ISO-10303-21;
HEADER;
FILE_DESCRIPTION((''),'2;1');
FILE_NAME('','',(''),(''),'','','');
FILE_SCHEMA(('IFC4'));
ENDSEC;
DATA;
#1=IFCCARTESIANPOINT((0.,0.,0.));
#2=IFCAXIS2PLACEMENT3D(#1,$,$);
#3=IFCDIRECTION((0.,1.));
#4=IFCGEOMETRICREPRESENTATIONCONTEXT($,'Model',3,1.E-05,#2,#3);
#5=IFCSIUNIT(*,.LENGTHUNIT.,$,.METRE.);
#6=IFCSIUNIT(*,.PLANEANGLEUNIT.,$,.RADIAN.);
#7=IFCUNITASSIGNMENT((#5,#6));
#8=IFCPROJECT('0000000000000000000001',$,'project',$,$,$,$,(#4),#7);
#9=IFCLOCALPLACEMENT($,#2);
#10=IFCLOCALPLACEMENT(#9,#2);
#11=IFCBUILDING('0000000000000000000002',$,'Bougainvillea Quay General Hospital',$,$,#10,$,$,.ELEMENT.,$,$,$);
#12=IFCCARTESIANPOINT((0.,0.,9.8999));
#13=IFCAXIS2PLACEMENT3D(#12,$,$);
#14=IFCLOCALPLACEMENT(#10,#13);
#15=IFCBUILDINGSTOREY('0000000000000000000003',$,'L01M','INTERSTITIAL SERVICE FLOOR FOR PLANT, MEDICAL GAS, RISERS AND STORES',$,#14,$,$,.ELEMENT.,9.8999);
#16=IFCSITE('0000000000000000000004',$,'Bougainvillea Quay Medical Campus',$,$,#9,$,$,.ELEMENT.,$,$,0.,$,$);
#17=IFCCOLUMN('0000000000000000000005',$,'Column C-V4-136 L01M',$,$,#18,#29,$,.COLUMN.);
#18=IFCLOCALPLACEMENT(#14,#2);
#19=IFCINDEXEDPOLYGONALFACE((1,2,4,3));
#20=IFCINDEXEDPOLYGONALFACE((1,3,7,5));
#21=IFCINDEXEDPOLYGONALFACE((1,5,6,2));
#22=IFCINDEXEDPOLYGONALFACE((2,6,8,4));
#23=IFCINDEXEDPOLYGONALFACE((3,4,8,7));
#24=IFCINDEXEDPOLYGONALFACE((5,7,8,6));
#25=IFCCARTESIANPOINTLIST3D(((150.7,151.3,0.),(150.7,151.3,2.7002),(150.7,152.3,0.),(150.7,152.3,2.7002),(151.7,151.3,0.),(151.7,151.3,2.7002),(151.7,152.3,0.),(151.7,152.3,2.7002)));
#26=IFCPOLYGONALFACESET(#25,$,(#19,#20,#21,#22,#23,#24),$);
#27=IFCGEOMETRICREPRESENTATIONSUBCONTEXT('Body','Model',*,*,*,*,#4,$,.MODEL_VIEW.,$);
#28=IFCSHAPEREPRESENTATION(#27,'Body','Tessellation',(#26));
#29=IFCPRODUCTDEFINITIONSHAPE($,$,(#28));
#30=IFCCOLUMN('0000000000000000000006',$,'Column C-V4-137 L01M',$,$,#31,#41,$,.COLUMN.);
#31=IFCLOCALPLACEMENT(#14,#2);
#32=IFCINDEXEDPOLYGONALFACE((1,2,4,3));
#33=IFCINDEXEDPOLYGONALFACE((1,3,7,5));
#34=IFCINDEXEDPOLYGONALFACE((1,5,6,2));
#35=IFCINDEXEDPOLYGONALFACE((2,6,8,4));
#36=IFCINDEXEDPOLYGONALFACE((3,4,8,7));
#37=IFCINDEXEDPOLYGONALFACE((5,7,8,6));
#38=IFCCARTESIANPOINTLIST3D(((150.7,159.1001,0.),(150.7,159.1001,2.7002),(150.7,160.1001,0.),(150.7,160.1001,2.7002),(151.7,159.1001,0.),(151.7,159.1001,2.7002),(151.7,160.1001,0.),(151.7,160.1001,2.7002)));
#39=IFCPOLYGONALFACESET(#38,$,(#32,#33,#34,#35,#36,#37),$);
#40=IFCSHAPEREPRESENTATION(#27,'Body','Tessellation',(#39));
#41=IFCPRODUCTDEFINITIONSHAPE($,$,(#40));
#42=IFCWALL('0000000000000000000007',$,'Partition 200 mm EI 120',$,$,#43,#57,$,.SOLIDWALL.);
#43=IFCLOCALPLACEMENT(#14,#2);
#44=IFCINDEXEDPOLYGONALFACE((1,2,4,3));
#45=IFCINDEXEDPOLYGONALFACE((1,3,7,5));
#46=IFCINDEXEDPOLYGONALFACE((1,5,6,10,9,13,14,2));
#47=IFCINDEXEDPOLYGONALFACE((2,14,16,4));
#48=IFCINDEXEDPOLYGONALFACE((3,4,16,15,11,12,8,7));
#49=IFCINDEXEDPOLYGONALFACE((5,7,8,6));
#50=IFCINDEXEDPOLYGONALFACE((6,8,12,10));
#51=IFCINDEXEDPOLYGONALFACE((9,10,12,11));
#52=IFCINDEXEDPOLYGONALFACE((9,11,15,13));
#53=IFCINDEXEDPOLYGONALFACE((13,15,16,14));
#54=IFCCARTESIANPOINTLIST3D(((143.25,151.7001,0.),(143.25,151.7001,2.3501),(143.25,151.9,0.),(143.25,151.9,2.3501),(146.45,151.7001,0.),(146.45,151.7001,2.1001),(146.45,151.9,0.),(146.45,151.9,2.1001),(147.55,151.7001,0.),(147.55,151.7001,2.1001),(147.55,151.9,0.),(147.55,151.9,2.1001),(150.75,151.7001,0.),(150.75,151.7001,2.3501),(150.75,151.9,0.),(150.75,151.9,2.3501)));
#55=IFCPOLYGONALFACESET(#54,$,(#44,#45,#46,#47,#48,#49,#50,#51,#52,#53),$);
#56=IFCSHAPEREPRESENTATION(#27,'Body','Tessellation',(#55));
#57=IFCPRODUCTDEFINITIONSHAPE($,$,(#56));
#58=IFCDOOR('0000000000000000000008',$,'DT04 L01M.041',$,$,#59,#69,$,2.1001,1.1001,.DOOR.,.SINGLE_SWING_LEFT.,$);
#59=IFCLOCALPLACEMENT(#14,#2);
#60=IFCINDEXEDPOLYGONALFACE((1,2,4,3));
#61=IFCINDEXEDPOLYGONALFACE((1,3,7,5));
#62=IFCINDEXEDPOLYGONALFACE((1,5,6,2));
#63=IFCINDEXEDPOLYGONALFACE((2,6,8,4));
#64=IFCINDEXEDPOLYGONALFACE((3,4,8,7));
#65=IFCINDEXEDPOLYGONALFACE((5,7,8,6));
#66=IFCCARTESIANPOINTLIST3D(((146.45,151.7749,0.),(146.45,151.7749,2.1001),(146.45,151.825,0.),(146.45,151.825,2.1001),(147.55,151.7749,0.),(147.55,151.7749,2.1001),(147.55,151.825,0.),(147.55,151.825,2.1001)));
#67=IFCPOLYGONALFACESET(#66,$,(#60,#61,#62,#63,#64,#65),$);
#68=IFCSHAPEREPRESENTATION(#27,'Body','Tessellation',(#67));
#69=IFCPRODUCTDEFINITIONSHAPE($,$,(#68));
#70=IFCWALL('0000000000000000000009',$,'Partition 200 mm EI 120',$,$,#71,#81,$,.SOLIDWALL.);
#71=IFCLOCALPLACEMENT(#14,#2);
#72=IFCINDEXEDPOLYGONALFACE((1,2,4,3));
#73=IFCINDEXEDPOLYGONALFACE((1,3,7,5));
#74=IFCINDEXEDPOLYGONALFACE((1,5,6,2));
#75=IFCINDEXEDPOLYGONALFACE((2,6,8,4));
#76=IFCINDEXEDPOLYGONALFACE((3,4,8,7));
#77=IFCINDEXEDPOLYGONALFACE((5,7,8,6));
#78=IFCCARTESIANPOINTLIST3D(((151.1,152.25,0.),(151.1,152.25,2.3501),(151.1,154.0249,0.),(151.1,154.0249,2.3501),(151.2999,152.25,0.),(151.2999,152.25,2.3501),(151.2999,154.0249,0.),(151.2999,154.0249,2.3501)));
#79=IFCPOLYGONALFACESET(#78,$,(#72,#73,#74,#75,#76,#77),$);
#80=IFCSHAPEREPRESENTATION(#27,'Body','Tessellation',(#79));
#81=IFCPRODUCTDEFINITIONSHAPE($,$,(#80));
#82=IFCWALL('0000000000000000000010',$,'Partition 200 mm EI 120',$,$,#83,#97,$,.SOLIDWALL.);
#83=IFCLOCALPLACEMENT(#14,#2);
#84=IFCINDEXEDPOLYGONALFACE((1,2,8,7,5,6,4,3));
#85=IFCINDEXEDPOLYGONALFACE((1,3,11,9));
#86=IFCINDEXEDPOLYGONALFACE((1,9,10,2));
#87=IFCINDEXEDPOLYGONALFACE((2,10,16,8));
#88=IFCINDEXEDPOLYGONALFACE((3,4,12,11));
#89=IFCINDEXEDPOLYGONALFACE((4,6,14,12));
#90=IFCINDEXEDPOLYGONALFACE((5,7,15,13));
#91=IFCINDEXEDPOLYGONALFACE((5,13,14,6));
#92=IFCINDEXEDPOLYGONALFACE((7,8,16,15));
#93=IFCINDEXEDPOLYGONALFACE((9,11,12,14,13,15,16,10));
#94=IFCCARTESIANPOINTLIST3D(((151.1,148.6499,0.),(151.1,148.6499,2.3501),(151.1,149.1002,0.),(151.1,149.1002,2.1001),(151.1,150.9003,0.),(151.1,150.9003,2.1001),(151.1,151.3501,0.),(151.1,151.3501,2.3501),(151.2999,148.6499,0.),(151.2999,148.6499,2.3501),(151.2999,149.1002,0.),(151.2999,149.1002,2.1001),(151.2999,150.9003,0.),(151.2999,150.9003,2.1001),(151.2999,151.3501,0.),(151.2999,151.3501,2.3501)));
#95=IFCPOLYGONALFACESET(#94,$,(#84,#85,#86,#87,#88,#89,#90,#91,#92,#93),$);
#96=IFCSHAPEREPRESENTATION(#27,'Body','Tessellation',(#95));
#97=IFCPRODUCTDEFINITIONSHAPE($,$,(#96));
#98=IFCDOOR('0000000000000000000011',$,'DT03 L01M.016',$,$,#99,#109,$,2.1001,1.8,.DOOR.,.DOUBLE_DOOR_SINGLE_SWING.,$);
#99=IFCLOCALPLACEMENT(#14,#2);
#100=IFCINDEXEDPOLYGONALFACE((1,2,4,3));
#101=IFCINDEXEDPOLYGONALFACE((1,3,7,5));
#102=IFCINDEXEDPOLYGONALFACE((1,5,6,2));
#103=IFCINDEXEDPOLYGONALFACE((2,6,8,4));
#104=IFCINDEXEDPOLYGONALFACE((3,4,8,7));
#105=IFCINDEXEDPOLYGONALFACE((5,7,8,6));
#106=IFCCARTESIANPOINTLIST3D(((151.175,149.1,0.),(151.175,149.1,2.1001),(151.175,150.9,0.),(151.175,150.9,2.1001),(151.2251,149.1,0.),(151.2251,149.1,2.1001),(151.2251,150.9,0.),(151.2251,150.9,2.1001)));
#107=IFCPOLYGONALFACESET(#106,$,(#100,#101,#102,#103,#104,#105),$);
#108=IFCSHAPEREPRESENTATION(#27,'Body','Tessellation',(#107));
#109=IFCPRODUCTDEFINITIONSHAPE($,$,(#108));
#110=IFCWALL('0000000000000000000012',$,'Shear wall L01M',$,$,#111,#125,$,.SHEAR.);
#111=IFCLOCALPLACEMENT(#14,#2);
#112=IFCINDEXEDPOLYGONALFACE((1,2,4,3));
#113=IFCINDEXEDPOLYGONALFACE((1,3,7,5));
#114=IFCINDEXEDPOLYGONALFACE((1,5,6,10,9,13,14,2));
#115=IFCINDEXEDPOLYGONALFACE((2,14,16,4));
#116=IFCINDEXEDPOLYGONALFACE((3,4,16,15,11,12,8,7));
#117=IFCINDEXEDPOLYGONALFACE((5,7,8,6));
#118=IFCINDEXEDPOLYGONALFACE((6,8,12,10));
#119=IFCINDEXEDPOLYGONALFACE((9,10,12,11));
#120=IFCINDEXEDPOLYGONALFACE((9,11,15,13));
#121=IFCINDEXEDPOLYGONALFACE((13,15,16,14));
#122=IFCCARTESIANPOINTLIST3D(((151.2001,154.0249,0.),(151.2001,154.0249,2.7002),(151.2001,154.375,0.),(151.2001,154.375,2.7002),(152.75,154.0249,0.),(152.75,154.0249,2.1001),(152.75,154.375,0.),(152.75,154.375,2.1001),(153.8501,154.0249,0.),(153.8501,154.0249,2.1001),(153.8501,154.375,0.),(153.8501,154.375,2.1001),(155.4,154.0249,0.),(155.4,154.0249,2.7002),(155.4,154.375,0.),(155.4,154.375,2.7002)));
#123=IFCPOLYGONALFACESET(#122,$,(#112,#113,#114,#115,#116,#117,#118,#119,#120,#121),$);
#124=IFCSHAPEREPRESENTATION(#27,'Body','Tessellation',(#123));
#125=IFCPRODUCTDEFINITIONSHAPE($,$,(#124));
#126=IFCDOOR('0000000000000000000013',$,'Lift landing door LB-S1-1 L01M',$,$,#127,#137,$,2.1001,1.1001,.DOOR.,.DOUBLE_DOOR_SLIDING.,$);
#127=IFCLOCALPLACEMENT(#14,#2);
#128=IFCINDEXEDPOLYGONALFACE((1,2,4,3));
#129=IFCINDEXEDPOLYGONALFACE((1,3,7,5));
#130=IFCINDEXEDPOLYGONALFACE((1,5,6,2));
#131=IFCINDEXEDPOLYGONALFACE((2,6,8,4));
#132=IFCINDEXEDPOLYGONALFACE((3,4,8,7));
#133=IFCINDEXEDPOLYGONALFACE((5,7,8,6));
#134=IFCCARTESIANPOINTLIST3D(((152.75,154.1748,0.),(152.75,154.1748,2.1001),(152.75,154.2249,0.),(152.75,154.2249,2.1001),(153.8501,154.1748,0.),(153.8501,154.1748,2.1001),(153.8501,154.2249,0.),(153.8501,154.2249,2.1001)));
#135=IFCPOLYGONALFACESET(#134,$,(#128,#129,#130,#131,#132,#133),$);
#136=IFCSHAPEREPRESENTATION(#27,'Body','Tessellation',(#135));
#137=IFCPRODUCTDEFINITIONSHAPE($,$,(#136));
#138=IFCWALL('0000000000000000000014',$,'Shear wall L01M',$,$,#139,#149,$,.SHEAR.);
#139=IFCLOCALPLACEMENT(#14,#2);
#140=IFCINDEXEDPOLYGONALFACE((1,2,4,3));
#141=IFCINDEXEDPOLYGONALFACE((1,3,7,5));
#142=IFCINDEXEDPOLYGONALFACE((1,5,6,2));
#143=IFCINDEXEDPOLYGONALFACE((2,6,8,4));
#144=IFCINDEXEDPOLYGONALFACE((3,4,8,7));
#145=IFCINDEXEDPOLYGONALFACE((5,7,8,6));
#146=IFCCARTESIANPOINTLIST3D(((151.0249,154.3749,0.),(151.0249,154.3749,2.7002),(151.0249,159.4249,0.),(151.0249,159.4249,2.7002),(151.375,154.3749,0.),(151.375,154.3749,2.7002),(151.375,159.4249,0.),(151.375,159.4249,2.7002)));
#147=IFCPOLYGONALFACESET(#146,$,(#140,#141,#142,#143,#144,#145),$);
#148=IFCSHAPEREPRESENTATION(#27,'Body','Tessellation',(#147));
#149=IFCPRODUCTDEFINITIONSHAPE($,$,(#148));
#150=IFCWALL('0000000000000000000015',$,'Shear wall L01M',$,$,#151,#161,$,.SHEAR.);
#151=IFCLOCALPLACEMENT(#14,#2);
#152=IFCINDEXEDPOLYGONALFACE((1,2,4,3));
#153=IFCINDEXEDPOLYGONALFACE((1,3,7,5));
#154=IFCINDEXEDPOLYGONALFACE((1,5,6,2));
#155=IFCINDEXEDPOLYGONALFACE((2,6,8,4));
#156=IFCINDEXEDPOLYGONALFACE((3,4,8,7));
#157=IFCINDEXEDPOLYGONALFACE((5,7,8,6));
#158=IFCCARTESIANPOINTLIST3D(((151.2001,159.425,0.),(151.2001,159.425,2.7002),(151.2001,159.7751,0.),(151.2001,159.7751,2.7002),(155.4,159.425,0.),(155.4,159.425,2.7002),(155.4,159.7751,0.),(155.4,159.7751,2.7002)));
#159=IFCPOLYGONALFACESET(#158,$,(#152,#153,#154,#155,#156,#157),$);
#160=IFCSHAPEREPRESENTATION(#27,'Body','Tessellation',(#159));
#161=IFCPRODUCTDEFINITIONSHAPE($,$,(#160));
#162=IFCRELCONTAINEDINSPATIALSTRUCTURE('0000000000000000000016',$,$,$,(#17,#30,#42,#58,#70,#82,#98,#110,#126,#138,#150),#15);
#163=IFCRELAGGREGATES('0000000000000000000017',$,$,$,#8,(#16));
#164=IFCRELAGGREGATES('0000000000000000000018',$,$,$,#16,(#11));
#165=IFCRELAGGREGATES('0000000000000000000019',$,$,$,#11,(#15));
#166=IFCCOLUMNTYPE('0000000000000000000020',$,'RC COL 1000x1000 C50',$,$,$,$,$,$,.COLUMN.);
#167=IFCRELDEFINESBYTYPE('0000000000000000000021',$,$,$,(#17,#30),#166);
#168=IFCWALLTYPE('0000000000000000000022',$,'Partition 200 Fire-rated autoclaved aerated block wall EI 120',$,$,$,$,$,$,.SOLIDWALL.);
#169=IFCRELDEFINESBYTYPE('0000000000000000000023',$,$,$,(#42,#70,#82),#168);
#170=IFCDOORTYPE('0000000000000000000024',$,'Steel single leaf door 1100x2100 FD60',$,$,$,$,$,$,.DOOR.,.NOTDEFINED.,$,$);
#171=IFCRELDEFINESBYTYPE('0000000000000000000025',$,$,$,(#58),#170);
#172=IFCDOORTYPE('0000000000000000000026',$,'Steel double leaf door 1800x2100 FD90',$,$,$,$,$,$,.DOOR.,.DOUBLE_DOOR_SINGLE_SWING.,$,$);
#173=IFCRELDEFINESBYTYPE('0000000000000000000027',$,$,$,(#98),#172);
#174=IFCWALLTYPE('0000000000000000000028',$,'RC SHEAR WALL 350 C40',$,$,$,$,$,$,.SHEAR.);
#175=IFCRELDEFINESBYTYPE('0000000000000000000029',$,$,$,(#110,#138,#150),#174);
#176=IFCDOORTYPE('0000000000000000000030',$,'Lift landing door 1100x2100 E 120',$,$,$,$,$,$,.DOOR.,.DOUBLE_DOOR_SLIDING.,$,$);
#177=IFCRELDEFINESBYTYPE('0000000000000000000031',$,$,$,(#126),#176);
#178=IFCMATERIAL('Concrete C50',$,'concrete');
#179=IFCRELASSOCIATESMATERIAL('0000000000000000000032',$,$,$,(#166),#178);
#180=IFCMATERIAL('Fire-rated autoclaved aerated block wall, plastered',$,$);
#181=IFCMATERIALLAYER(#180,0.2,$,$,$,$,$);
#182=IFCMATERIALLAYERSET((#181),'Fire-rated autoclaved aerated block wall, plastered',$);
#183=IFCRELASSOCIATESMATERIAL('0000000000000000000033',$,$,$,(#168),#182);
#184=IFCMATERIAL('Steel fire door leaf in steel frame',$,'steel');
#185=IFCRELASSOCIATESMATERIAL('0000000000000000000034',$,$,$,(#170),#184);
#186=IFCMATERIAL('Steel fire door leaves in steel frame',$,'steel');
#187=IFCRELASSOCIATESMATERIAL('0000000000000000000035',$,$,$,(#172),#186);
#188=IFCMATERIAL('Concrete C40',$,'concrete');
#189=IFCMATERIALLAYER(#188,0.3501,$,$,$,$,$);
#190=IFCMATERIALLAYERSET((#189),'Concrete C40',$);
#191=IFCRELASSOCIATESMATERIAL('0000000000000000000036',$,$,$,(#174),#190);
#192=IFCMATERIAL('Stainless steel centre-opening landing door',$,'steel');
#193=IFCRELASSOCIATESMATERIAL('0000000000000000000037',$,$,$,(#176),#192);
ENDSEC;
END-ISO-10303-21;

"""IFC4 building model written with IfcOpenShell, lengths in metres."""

from ifc_helpers import new_model, si_unit, direction, frame, frame_2d, origin, origin_2d, place, context, subcontext, project, spatial, rectangle, extrude, material, layer, layer_set, material_profile, profile_set, type_object, element, fill, save


model = new_model("IFC4")

# Units and contexts
model_context = context("Model", 3, precision=1e-05, world=origin(), true_north=direction((0.0, 1.0)))
body_context = subcontext(model_context, "Body", "Model", "MODEL_VIEW")
ifc_project = project(units=[si_unit("LENGTHUNIT", "METRE"), si_unit("PLANEANGLEUNIT", "RADIAN")], contexts=[model_context])

# Site, building, storey
site_placement = place(None, origin())
site = spatial("IfcSite", under=ifc_project, at=site_placement, Name="Bougainvillea Quay Medical Campus", CompositionType="ELEMENT", RefElevation=0.0)
building_placement = place(site_placement, origin())
building = spatial("IfcBuilding", under=site, at=building_placement, Name="Bougainvillea Quay General Hospital", CompositionType="ELEMENT")
storey_placement = place(building_placement, frame((0.0, 0.0, 9.8999)))
storey = spatial("IfcBuildingStorey", under=building, at=storey_placement, Name="L01M", Description="INTERSTITIAL SERVICE FLOOR FOR PLANT, MEDICAL GAS, RISERS AND STORES", CompositionType="ELEMENT", Elevation=9.8999)

# Columns
ifc_material_1 = material(Name="Concrete C50", Category="concrete")
ifc_material_profile = material_profile(ifc_material_1, rectangle(XDim=1.0, YDim=1.0, at=origin_2d()))
ifc_profile_set = profile_set([ifc_material_profile], Name="Concrete C50")
column_type = type_object("IfcColumnType", Name="RC COL 1000x1000 C50", PredefinedType="COLUMN", material=ifc_profile_set)
for number, where, z_axis, x_axis, name in (
    (1, (151.2, 151.8, 0.0), (0.0, 0.0, 1.0), (1.0, 0.0, 0.0), "Column C-V4-136 L01M"),
    (2, (151.2, 159.6001, 0.0), (0.0, 0.0, 1.0), (1.0, 0.0, 0.0), "Column C-V4-137 L01M"),
):
    element("IfcColumn", number, at=place(storey_placement, frame(where, z_axis=z_axis, x_axis=x_axis)), inside=storey, type_object=column_type, Name=name, PredefinedType="COLUMN", context=body_context, shape_type="SweptSolid", body=[
        extrude(rectangle(XDim=1.0, YDim=1.0, at=origin_2d()), origin(), (0.0, 0.0, 1.0), 2.7002),
    ])

# Wall, opening, door
ifc_material_2 = material(Name="Fire-rated autoclaved aerated block wall, plastered")
ifc_layer_1 = layer(ifc_material_2, 0.2)
ifc_layer_set_1 = layer_set([ifc_layer_1], Name="Fire-rated autoclaved aerated block wall, plastered")
wall_type_1 = type_object("IfcWallType", Name="Partition 200 Fire-rated autoclaved aerated block wall EI 120", PredefinedType="SOLIDWALL", material=ifc_layer_set_1)
wall_1_placement = place(storey_placement, frame((150.75, 151.8, 0.0), z_axis=(0.0, 0.0, 1.0), x_axis=(-1.0, 0.0, 0.0)))
wall_1 = element("IfcWall", 3, at=wall_1_placement, inside=storey, type_object=wall_type_1, Name="Partition 200 mm EI 120", PredefinedType="SOLIDWALL", context=body_context, shape_type="SweptSolid", body=[
    extrude(rectangle(XDim=7.5, YDim=0.2, at=frame_2d((3.75, 0.0))), origin(), (0.0, 0.0, 1.0), 2.3501),
])
opening_1_placement = place(wall_1_placement, frame((3.2, 0.0, 0.0)))
opening_1 = element("IfcOpeningElement", 4, at=opening_1_placement, cuts=wall_1, PredefinedType="OPENING", context=body_context, shape_type="SweptSolid", body=[
    extrude(rectangle(XDim=1.1001, YDim=2.1001, at=frame_2d((0.55, 1.05))), frame((0.0, 0.1099, 0.0), z_axis=(0.0, -1.0, 0.0), x_axis=(1.0, 0.0, 0.0)), (0.0, 0.0, 1.0), 0.22),
])
ifc_material_3 = material(Name="Steel fire door leaf in steel frame", Category="steel")
door_type_1 = type_object("IfcDoorType", Name="Steel single leaf door 1100x2100 FD60", OperationType="NOTDEFINED", PredefinedType="DOOR", material=ifc_material_3)
door_1_placement = place(opening_1_placement, frame((1.1001, 0.0, 0.0), z_axis=(0.0, 0.0, 1.0), x_axis=(-1.0, 0.0, 0.0)))
door_1 = element("IfcDoor", 5, at=door_1_placement, inside=storey, type_object=door_type_1, Name="DT04 L01M.041", OperationType="SINGLE_SWING_LEFT", OverallHeight=2.1001, OverallWidth=1.1001, PredefinedType="DOOR", context=body_context, shape_type="SweptSolid", body=[
    extrude(rectangle(XDim=1.1001, YDim=2.1001, at=frame_2d((0.55, 1.05))), frame((0.0, 0.0249, 0.0), z_axis=(0.0, -1.0, 0.0), x_axis=(1.0, 0.0, 0.0)), (0.0, 0.0, 1.0), 0.05),
])
fill(opening_1, door_1)

# Wall
wall_2_placement = place(storey_placement, frame((151.2, 154.0249, 0.0), z_axis=(0.0, 0.0, 1.0), x_axis=(0.0, -1.0, 0.0)))
element("IfcWall", 6, at=wall_2_placement, inside=storey, type_object=wall_type_1, Name="Partition 200 mm EI 120", PredefinedType="SOLIDWALL", context=body_context, shape_type="SweptSolid", body=[
    extrude(rectangle(XDim=1.7749, YDim=0.2, at=frame_2d((0.8875, 0.0))), origin(), (0.0, 0.0, 1.0), 2.3501),
])

# Walls, openings, doors
wall_3_placement = place(storey_placement, frame((151.2, 151.3501, 0.0), z_axis=(0.0, 0.0, 1.0), x_axis=(0.0, -1.0, 0.0)))
wall_3 = element("IfcWall", 7, at=wall_3_placement, inside=storey, type_object=wall_type_1, Name="Partition 200 mm EI 120", PredefinedType="SOLIDWALL", context=body_context, shape_type="SweptSolid", body=[
    extrude(rectangle(XDim=2.7002, YDim=0.2, at=frame_2d((1.3501, 0.0))), origin(), (0.0, 0.0, 1.0), 2.3501),
])
opening_2_placement = place(wall_3_placement, frame((0.45, 0.0, 0.0)))
opening_2 = element("IfcOpeningElement", 8, at=opening_2_placement, cuts=wall_3, PredefinedType="OPENING", context=body_context, shape_type="SweptSolid", body=[
    extrude(rectangle(XDim=1.8, YDim=2.1001, at=frame_2d((0.8999, 1.05))), frame((0.0, 0.1099, 0.0), z_axis=(0.0, -1.0, 0.0), x_axis=(1.0, 0.0, 0.0)), (0.0, 0.0, 1.0), 0.22),
])
ifc_material_4 = material(Name="Steel fire door leaves in steel frame", Category="steel")
door_type_2 = type_object("IfcDoorType", Name="Steel double leaf door 1800x2100 FD90", OperationType="DOUBLE_DOOR_SINGLE_SWING", PredefinedType="DOOR", material=ifc_material_4)
door_2_placement = place(opening_2_placement, frame((1.8, 0.0, 0.0), z_axis=(0.0, 0.0, 1.0), x_axis=(-1.0, 0.0, 0.0)))
door_2 = element("IfcDoor", 9, at=door_2_placement, inside=storey, type_object=door_type_2, Name="DT03 L01M.016", OperationType="DOUBLE_DOOR_SINGLE_SWING", OverallHeight=2.1001, OverallWidth=1.8, PredefinedType="DOOR", context=body_context, shape_type="SweptSolid", body=[
    extrude(rectangle(XDim=1.8, YDim=2.1001, at=frame_2d((0.8999, 1.05))), frame((0.0, 0.0249, 0.0), z_axis=(0.0, -1.0, 0.0), x_axis=(1.0, 0.0, 0.0)), (0.0, 0.0, 1.0), 0.05),
])
fill(opening_2, door_2)
ifc_material_5 = material(Name="Concrete C40", Category="concrete")
ifc_layer_2 = layer(ifc_material_5, 0.3501)
ifc_layer_set_2 = layer_set([ifc_layer_2], Name="Concrete C40")
wall_type_2 = type_object("IfcWallType", Name="RC SHEAR WALL 350 C40", PredefinedType="SHEAR", material=ifc_layer_set_2)
wall_4_placement = place(storey_placement, frame((151.2, 154.2, 0.0), z_axis=(0.0, 0.0, 1.0), x_axis=(1.0, 0.0, 0.0)))
wall_4 = element("IfcWall", 10, at=wall_4_placement, inside=storey, type_object=wall_type_2, Name="Shear wall L01M", PredefinedType="SHEAR", context=body_context, shape_type="SweptSolid", body=[
    extrude(rectangle(XDim=4.2, YDim=0.3501, at=frame_2d((2.1001, 0.0))), origin(), (0.0, 0.0, 1.0), 2.7002),
])
opening_3_placement = place(wall_4_placement, frame((1.55, 0.0, 0.0)))
opening_3 = element("IfcOpeningElement", 11, at=opening_3_placement, cuts=wall_4, PredefinedType="OPENING", context=body_context, shape_type="SweptSolid", body=[
    extrude(rectangle(XDim=1.1001, YDim=2.1001, at=frame_2d((0.55, 1.05))), frame((0.0, 0.1851, 0.0), z_axis=(0.0, -1.0, 0.0), x_axis=(1.0, 0.0, 0.0)), (0.0, 0.0, 1.0), 0.3701),
])
ifc_material_6 = material(Name="Stainless steel centre-opening landing door", Category="steel")
door_type_3 = type_object("IfcDoorType", Name="Lift landing door 1100x2100 E 120", OperationType="DOUBLE_DOOR_SLIDING", PredefinedType="DOOR", material=ifc_material_6)
door_3_placement = place(opening_3_placement, origin())
door_3 = element("IfcDoor", 12, at=door_3_placement, inside=storey, type_object=door_type_3, Name="Lift landing door LB-S1-1 L01M", OperationType="DOUBLE_DOOR_SLIDING", OverallHeight=2.1001, OverallWidth=1.1001, PredefinedType="DOOR", context=body_context, shape_type="SweptSolid", body=[
    extrude(rectangle(XDim=1.1001, YDim=2.1001, at=frame_2d((0.55, 1.05))), frame((0.0, 0.0249, 0.0), z_axis=(0.0, -1.0, 0.0), x_axis=(1.0, 0.0, 0.0)), (0.0, 0.0, 1.0), 0.05),
])
fill(opening_3, door_3)

# Walls
wall_5_placement = place(storey_placement, frame((151.2, 154.375, 0.0), z_axis=(0.0, 0.0, 1.0), x_axis=(0.0, 1.0, 0.0)))
element("IfcWall", 13, at=wall_5_placement, inside=storey, type_object=wall_type_2, Name="Shear wall L01M", PredefinedType="SHEAR", context=body_context, shape_type="SweptSolid", body=[
    extrude(rectangle(XDim=5.05, YDim=0.3501, at=frame_2d((2.5249, 0.0))), origin(), (0.0, 0.0, 1.0), 2.7002),
])
wall_6_placement = place(storey_placement, frame((151.2, 159.6001, 0.0), z_axis=(0.0, 0.0, 1.0), x_axis=(1.0, 0.0, 0.0)))
element("IfcWall", 14, at=wall_6_placement, inside=storey, type_object=wall_type_2, Name="Shear wall L01M", PredefinedType="SHEAR", context=body_context, shape_type="SweptSolid", body=[
    extrude(rectangle(XDim=4.2, YDim=0.3501, at=frame_2d((2.1001, 0.0))), origin(), (0.0, 0.0, 1.0), 2.7002),
])

save(model, "model.ifc")
